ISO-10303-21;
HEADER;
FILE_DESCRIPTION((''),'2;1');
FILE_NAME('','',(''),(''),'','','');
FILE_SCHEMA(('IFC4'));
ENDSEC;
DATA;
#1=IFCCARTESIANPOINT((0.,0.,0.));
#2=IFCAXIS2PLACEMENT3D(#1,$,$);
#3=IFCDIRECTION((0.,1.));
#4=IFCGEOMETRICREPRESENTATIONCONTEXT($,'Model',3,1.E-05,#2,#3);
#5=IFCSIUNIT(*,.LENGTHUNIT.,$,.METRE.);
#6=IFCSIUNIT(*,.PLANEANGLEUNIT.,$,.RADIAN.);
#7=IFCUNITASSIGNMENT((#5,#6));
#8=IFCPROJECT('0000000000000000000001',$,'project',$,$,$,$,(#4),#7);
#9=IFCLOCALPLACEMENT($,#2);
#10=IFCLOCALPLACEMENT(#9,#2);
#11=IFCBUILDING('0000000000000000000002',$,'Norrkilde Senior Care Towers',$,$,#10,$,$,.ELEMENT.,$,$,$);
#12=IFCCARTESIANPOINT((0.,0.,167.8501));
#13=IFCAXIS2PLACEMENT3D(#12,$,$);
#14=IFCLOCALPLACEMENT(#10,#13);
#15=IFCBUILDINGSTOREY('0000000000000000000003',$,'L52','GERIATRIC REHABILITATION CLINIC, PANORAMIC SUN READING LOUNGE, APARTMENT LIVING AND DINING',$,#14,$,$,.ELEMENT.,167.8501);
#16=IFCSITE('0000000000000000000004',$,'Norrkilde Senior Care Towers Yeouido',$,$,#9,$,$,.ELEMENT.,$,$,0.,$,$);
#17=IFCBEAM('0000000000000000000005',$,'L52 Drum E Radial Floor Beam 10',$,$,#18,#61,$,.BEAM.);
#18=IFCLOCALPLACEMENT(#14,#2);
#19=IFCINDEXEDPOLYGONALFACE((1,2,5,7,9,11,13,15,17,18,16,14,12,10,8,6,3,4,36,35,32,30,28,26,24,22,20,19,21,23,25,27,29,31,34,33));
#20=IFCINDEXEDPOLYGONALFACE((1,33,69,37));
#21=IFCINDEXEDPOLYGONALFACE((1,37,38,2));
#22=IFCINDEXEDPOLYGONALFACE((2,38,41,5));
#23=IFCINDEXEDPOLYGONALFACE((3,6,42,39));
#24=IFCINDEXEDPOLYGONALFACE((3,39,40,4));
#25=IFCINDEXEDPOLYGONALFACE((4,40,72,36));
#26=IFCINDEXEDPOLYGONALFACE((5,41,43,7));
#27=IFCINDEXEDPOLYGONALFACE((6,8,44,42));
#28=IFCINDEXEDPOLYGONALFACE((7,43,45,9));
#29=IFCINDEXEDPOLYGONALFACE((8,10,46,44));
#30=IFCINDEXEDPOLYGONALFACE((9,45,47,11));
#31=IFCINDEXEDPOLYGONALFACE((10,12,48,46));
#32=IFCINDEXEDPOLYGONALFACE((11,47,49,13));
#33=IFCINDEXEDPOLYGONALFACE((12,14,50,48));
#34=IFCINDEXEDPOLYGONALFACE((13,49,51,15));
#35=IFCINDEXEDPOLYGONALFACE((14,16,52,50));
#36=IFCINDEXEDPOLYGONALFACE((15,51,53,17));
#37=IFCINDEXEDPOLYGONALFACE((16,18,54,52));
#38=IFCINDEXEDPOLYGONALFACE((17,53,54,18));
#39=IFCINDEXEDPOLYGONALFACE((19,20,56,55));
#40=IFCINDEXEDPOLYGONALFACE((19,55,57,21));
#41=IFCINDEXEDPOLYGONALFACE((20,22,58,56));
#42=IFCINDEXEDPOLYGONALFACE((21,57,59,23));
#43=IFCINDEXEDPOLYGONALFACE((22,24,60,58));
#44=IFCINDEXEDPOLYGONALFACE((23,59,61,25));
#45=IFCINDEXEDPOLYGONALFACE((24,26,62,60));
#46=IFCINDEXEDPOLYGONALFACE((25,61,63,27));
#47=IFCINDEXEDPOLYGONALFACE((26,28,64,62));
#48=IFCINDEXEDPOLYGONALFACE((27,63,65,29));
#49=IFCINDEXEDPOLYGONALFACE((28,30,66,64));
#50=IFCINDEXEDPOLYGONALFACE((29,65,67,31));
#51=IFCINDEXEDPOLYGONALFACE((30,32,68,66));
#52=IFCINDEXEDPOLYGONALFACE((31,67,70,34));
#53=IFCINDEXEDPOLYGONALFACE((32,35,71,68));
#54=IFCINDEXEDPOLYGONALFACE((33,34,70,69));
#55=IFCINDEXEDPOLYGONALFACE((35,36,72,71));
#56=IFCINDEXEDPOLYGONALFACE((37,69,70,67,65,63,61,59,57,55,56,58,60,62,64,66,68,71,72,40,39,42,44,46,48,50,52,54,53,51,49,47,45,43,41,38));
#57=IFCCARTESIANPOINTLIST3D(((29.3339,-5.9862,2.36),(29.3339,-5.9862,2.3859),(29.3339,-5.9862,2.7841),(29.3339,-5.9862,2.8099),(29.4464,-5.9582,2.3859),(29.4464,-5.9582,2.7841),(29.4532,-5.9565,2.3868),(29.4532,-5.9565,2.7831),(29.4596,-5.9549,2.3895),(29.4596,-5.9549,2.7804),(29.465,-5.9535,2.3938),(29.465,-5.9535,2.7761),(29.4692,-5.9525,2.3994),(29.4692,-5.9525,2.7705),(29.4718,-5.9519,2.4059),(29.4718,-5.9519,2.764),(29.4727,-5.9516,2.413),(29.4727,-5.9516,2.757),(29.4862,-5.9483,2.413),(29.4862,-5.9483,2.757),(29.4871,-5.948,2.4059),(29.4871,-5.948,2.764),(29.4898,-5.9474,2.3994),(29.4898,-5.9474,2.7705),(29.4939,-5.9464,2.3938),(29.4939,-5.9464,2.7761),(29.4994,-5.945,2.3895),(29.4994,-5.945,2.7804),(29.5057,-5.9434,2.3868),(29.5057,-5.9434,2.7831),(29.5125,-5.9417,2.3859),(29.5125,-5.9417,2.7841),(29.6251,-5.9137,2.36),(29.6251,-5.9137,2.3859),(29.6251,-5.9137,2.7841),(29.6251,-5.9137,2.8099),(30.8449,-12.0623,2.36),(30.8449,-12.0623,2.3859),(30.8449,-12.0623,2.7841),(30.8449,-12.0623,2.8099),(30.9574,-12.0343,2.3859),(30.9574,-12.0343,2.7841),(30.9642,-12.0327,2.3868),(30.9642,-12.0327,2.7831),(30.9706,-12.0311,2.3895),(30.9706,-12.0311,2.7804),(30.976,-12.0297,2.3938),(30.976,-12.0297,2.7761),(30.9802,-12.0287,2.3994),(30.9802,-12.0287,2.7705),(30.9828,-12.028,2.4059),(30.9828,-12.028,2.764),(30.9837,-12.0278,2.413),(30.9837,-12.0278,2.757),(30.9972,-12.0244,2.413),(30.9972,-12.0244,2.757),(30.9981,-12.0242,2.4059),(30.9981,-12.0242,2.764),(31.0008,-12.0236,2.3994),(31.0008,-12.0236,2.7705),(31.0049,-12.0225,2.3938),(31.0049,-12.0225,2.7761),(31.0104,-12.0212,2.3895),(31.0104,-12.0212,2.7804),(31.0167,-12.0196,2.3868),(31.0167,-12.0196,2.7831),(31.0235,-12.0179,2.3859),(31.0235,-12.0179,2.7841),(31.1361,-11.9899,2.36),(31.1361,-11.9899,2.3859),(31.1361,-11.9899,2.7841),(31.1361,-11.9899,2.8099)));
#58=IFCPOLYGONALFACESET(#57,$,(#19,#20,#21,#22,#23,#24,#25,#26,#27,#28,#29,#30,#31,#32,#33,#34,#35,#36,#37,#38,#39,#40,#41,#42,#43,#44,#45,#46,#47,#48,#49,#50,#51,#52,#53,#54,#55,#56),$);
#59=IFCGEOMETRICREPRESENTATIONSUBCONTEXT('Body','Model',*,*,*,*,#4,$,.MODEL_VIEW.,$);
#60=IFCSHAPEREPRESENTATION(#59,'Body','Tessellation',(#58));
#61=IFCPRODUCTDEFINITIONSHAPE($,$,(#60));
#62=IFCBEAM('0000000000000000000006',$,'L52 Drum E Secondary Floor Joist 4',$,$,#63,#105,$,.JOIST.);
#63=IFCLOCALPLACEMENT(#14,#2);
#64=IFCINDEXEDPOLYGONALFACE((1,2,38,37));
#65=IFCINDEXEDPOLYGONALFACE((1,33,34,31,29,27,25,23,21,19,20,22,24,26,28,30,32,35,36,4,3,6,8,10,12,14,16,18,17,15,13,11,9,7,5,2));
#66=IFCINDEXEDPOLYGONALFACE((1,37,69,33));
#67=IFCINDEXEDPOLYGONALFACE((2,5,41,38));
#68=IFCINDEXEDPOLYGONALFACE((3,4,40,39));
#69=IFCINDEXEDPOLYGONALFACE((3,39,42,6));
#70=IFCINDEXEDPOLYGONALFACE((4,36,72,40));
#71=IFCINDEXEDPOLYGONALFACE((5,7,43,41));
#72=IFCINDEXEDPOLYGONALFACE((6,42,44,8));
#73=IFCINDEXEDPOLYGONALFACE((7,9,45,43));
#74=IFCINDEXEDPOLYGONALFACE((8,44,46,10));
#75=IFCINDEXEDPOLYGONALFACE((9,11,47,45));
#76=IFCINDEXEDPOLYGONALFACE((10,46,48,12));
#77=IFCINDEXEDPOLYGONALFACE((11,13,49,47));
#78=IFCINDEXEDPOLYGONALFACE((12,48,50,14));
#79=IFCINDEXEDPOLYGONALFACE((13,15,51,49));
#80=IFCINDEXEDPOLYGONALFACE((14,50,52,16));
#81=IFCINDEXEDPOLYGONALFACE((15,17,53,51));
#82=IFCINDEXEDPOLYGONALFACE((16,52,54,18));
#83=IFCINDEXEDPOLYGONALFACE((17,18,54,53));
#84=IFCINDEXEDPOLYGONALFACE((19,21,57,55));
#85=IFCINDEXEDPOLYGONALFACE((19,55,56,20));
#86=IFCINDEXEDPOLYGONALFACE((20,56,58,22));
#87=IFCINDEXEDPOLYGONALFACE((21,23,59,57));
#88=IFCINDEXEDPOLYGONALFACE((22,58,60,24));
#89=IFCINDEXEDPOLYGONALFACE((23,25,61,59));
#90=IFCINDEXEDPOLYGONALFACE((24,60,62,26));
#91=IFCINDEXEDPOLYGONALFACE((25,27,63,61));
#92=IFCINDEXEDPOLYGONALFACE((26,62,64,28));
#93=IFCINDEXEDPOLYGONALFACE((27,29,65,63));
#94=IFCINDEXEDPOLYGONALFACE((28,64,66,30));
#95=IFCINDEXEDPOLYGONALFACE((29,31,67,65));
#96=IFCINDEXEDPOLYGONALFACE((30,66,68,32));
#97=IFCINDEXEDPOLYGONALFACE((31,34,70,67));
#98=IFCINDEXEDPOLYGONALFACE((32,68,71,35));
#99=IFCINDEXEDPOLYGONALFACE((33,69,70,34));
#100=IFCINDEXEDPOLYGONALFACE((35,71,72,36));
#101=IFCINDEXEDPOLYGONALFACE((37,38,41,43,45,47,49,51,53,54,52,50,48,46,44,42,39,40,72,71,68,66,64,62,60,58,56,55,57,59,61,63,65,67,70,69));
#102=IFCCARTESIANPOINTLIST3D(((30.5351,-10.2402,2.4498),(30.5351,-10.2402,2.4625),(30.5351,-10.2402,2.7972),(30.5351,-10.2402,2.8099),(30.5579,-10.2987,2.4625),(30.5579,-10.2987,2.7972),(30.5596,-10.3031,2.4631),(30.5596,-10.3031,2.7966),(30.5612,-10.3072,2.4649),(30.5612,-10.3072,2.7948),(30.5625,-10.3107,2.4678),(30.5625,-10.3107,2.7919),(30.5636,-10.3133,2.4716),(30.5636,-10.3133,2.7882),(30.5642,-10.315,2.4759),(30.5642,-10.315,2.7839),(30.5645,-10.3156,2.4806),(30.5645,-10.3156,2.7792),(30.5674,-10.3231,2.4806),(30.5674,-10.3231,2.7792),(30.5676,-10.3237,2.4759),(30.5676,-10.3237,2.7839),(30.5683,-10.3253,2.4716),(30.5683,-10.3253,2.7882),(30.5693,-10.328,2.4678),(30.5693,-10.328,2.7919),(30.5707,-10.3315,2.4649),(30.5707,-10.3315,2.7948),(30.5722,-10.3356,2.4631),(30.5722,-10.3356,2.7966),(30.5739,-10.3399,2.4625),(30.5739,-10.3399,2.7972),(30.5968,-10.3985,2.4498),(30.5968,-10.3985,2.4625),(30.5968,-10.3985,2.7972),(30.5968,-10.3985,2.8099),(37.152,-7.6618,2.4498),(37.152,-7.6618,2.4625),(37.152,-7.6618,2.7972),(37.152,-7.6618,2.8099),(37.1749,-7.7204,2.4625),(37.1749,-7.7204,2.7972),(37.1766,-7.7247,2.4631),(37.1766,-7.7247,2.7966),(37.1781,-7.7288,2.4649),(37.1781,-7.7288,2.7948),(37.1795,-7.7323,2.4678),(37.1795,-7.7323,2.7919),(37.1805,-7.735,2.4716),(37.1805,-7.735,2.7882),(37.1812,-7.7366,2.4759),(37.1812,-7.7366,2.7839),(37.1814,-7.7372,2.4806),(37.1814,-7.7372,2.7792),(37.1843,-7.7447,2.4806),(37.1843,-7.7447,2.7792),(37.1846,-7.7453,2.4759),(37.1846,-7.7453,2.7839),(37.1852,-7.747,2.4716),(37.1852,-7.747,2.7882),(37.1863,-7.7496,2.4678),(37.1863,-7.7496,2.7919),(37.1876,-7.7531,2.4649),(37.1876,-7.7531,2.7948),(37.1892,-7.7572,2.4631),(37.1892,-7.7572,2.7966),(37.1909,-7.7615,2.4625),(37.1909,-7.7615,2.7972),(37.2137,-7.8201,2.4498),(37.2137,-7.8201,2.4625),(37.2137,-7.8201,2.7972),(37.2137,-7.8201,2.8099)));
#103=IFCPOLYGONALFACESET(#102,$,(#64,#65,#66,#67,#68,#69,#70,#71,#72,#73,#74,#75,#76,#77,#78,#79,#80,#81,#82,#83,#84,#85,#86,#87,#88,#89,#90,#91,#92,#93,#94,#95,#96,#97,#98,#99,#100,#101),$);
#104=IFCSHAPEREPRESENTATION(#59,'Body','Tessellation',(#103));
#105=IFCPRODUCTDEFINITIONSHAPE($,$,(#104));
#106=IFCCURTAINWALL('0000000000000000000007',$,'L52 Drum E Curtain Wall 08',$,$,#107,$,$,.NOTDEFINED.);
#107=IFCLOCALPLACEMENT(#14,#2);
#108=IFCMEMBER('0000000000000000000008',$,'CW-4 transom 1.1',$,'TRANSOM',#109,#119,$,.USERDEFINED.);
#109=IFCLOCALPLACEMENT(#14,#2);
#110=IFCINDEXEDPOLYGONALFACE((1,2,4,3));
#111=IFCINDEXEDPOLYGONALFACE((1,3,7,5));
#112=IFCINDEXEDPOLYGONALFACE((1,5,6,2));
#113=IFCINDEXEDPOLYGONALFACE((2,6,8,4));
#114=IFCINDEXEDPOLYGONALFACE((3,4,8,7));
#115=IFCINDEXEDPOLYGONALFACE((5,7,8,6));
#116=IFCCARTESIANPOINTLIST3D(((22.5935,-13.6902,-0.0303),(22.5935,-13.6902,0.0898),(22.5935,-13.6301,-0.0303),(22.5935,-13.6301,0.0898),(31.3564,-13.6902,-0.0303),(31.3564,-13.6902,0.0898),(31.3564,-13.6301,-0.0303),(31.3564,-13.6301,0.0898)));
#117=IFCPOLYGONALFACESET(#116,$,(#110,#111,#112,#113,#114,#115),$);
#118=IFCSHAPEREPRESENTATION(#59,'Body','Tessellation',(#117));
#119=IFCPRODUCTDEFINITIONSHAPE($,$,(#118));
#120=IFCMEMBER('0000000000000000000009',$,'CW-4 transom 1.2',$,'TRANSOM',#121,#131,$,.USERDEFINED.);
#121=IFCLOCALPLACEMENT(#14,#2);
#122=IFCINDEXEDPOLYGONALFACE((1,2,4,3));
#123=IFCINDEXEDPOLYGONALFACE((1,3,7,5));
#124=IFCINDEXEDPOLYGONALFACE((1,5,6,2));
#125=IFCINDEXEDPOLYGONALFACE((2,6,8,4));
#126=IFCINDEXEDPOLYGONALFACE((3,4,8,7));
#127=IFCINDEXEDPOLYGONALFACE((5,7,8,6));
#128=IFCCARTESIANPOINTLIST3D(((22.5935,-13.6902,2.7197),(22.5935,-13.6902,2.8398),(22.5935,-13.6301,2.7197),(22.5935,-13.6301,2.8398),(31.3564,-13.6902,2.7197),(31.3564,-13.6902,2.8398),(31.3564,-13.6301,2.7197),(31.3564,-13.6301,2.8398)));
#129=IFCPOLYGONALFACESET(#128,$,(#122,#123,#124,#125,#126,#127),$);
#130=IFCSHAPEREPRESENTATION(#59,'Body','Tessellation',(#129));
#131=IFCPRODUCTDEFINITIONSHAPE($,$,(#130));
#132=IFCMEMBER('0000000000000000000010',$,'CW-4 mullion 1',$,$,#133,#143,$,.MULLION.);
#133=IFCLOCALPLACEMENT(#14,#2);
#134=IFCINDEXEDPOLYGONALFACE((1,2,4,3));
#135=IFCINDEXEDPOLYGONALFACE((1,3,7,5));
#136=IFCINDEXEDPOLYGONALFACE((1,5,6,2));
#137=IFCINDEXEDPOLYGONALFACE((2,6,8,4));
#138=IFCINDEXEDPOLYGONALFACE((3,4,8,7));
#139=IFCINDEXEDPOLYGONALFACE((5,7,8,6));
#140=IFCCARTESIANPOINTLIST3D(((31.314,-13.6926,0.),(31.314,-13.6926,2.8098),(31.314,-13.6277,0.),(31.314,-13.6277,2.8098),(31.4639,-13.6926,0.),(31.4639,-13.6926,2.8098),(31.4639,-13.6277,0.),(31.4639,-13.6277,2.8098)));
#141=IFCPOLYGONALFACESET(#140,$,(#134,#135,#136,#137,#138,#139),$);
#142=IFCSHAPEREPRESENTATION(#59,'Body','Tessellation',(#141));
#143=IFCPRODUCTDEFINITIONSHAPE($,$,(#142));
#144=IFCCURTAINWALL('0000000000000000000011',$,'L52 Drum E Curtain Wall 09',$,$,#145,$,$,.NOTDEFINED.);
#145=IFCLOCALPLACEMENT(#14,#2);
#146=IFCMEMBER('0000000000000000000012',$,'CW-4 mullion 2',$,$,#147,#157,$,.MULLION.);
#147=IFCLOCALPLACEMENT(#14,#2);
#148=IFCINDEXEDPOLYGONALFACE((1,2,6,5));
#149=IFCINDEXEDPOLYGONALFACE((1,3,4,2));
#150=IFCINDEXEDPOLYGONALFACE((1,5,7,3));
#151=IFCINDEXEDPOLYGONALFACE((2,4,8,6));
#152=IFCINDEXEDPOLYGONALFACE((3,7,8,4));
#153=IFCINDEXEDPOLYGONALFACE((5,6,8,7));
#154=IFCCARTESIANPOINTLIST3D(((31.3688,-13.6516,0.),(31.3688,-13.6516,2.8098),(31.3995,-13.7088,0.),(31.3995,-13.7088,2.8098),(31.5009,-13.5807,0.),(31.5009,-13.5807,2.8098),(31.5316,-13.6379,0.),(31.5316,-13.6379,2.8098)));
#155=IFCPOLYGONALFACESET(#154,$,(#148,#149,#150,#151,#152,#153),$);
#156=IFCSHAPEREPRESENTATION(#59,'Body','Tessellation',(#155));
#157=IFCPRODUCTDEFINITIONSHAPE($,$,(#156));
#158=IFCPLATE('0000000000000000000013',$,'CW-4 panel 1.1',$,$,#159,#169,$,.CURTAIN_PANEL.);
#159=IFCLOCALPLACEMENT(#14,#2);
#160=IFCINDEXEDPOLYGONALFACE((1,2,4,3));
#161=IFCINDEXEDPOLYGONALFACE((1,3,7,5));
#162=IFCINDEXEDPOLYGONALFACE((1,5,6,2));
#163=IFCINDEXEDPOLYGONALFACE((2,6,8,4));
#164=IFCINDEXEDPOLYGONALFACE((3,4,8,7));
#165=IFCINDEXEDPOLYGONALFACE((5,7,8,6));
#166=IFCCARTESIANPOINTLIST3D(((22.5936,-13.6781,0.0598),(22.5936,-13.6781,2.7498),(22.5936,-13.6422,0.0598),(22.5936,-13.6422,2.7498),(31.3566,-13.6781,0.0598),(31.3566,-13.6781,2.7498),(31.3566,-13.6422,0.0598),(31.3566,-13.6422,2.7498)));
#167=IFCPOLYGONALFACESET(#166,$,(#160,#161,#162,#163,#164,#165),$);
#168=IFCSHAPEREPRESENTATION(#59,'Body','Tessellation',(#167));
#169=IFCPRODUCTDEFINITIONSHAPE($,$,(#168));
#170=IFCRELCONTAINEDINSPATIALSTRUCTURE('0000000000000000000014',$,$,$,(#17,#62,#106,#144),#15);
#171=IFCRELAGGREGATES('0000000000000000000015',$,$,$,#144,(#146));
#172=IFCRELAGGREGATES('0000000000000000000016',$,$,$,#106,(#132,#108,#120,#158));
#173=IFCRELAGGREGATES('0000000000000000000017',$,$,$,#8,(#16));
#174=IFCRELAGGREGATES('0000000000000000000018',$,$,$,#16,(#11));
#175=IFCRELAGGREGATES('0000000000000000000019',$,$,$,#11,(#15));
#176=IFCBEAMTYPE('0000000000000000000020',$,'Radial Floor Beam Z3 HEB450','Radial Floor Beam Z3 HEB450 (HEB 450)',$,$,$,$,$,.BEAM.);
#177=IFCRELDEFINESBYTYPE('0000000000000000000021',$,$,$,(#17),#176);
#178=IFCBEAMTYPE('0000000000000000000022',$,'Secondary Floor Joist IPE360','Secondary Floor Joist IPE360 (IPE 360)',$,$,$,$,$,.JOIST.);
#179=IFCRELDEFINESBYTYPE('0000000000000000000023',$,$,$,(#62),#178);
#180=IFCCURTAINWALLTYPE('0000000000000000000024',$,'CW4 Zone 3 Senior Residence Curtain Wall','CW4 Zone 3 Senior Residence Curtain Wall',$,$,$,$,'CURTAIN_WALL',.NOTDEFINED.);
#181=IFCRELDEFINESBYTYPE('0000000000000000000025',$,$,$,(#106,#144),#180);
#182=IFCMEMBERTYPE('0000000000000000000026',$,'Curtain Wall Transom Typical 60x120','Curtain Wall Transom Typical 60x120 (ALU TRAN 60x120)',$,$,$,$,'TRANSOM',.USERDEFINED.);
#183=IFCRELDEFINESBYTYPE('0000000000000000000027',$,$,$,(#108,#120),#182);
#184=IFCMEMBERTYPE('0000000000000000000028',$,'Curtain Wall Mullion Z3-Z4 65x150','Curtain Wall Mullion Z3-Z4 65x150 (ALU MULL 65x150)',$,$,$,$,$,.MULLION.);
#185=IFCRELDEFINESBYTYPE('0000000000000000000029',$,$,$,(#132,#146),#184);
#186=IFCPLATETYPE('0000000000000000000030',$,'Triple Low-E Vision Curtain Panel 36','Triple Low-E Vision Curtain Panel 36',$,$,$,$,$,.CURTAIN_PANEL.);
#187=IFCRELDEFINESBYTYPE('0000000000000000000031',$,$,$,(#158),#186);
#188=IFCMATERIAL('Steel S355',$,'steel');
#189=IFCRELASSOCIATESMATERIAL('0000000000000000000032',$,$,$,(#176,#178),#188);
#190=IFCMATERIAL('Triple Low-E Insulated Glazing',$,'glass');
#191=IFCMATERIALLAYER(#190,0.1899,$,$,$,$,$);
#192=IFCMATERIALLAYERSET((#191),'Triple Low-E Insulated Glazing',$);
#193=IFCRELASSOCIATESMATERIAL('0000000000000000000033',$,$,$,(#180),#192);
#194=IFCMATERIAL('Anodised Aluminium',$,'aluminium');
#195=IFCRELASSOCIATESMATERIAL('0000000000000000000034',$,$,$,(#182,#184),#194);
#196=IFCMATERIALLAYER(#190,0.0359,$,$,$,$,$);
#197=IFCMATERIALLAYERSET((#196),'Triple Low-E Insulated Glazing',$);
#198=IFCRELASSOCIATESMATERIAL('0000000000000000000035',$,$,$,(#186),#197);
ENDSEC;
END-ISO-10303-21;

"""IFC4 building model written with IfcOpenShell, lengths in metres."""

from ifc_helpers import new_model, si_unit, direction, frame, origin, origin_2d, place, context, subcontext, project, spatial, rectangle, i_section, extrude, source, transform, mapped, material, layer, layer_set, material_profile, profile_set, type_object, type_shapes, element, aggregate, save


model = new_model("IFC4")

# Units and contexts
model_context = context("Model", 3, precision=1e-05, world=origin(), true_north=direction((0.0, 1.0)))
body_context = subcontext(model_context, "Body", "Model", "MODEL_VIEW")
ifc_project = project(units=[si_unit("LENGTHUNIT", "METRE"), si_unit("PLANEANGLEUNIT", "RADIAN")], contexts=[model_context])

# Site, building, storey
site_placement = place(None, origin())
site = spatial("IfcSite", under=ifc_project, at=site_placement, Name="Norrkilde Senior Care Towers Yeouido", CompositionType="ELEMENT", RefElevation=0.0)
building_placement = place(site_placement, origin())
building = spatial("IfcBuilding", under=site, at=building_placement, Name="Norrkilde Senior Care Towers", CompositionType="ELEMENT")
storey_placement = place(building_placement, frame((0.0, 0.0, 167.8501)))
storey = spatial("IfcBuildingStorey", under=building, at=storey_placement, Name="L52", Description="GERIATRIC REHABILITATION CLINIC, PANORAMIC SUN READING LOUNGE, APARTMENT LIVING AND DINING", CompositionType="ELEMENT", Elevation=167.8501)

# Beams
ifc_material_1 = material(Name="Steel S355", Category="steel")
ifc_material_profile_1 = material_profile(ifc_material_1, i_section(OverallWidth=0.3, OverallDepth=0.45, WebThickness=0.0139, FlangeThickness=0.0259, FilletRadius=0.0271, at=origin_2d()), Name="HEB 450")
ifc_profile_set_1 = profile_set([ifc_material_profile_1], Name="Steel S355")
beam_type_1 = type_object("IfcBeamType", Name="Radial Floor Beam Z3 HEB450", Description="Radial Floor Beam Z3 HEB450 (HEB 450)", PredefinedType="BEAM", material=ifc_profile_set_1)
shared_shape_1 = source(origin(), body_context, "Body", "SweptSolid", [
    extrude(i_section(OverallWidth=0.3, OverallDepth=0.45, WebThickness=0.0139, FlangeThickness=0.0259, FilletRadius=0.0271, at=origin_2d()), origin(), (0.0, 0.0, 1.0), 6.2612),
])
beam_1_placement = place(storey_placement, frame((29.4795, -5.95, 2.585), z_axis=(0.241324, -0.970445, 0.0), x_axis=(0.970445, 0.241324, 0.0)))
element("IfcBeam", 1, at=beam_1_placement, inside=storey, type_object=beam_type_1, Name="L52 Drum E Radial Floor Beam 10", PredefinedType="BEAM", context=body_context, shape_type="MappedRepresentation", body=[
    mapped(shared_shape_1, transform((0.0, 0.0, 0.0), x_axis=(1.0, 0.0, 0.0), y_axis=(0.0, 1.0, 0.0), z_axis=(0.0, 0.0, 1.0), scale=1.0)),
])
ifc_material_profile_2 = material_profile(ifc_material_1, i_section(OverallWidth=0.1699, OverallDepth=0.3601, WebThickness=0.0081, FlangeThickness=0.0127, FilletRadius=0.0181, at=origin_2d()), Name="IPE 360")
ifc_profile_set_2 = profile_set([ifc_material_profile_2], Name="Steel S355")
beam_type_2 = type_object("IfcBeamType", Name="Secondary Floor Joist IPE360", Description="Secondary Floor Joist IPE360 (IPE 360)", PredefinedType="JOIST", material=ifc_profile_set_2)
shared_shape_2 = source(origin(), body_context, "Body", "SweptSolid", [
    extrude(i_section(OverallWidth=0.1699, OverallDepth=0.3601, WebThickness=0.0081, FlangeThickness=0.0127, FilletRadius=0.0181, at=origin_2d()), origin(), (0.0, 0.0, 1.0), 7.1016),
])
type_shapes(beam_type_2, [shared_shape_2])
beam_2_placement = place(storey_placement, frame((30.5659, -10.3193, 2.6299), z_axis=(0.931761, 0.363072, 0.0), x_axis=(-0.363072, 0.931761, 0.0)))
element("IfcBeam", 2, at=beam_2_placement, inside=storey, type_object=beam_type_2, Name="L52 Drum E Secondary Floor Joist 4", PredefinedType="JOIST", context=body_context, shape_type="MappedRepresentation", body=[
    mapped(shared_shape_2, transform((0.0, 0.0, 0.0), x_axis=(1.0, 0.0, 0.0), y_axis=(0.0, 1.0, 0.0), z_axis=(0.0, 0.0, 1.0), scale=1.0)),
])

# Curtain wall, members
ifc_material_2 = material(Name="Triple Low-E Insulated Glazing", Category="glass")
ifc_layer_1 = layer(ifc_material_2, 0.1899)
ifc_layer_set_1 = layer_set([ifc_layer_1], Name="Triple Low-E Insulated Glazing")
curtain_wall_type = type_object("IfcCurtainWallType", Name="CW4 Zone 3 Senior Residence Curtain Wall", Description="CW4 Zone 3 Senior Residence Curtain Wall", ElementType="CURTAIN_WALL", PredefinedType="NOTDEFINED", material=ifc_layer_set_1)
curtain_wall_1_placement = place(storey_placement, origin())
curtain_wall_1 = element("IfcCurtainWall", 3, at=curtain_wall_1_placement, inside=storey, type_object=curtain_wall_type, Name="L52 Drum E Curtain Wall 08", PredefinedType="NOTDEFINED")
ifc_material_3 = material(Name="Anodised Aluminium", Category="aluminium")
ifc_material_profile_3 = material_profile(ifc_material_3, rectangle(XDim=0.0601, YDim=0.1201, at=origin_2d()), Name="ALU TRAN 60x120")
ifc_profile_set_3 = profile_set([ifc_material_profile_3], Name="Anodised Aluminium")
member_type_1 = type_object("IfcMemberType", Name="Curtain Wall Transom Typical 60x120", Description="Curtain Wall Transom Typical 60x120 (ALU TRAN 60x120)", ElementType="TRANSOM", PredefinedType="USERDEFINED", material=ifc_profile_set_3)
shared_shape_3 = source(origin(), body_context, "Body", "SweptSolid", [
    extrude(rectangle(XDim=0.0601, YDim=0.1201, at=origin_2d()), origin(), (0.0, 0.0, 1.0), 8.7629),
])
type_shapes(member_type_1, [shared_shape_3])
member_1_placement = place(storey_placement, frame((31.3564, -13.6602, 0.0298), z_axis=(-1.0, 0.0, 0.0), x_axis=(0.0, -1.0, 0.0)))
member_1 = element("IfcMember", 4, at=member_1_placement, type_object=member_type_1, Name="CW-4 transom 1.1", ObjectType="TRANSOM", PredefinedType="USERDEFINED", context=body_context, shape_type="MappedRepresentation", body=[
    mapped(shared_shape_3, transform((0.0, 0.0, 0.0), x_axis=(1.0, 0.0, 0.0), y_axis=(0.0, 1.0, 0.0), z_axis=(0.0, 0.0, 1.0), scale=1.0)),
])
member_2_placement = place(storey_placement, frame((31.3564, -13.6602, 2.7798), z_axis=(-1.0, 0.0, 0.0), x_axis=(0.0, -1.0, 0.0)))
member_2 = element("IfcMember", 5, at=member_2_placement, type_object=member_type_1, Name="CW-4 transom 1.2", ObjectType="TRANSOM", PredefinedType="USERDEFINED", context=body_context, shape_type="MappedRepresentation", body=[
    mapped(shared_shape_3, transform((0.0, 0.0, 0.0), x_axis=(1.0, 0.0, 0.0), y_axis=(0.0, 1.0, 0.0), z_axis=(0.0, 0.0, 1.0), scale=1.0)),
])
ifc_material_profile_4 = material_profile(ifc_material_3, rectangle(XDim=0.0649, YDim=0.1499, at=origin_2d()), Name="ALU MULL 65x150")
ifc_profile_set_4 = profile_set([ifc_material_profile_4], Name="Anodised Aluminium")
member_type_2 = type_object("IfcMemberType", Name="Curtain Wall Mullion Z3-Z4 65x150", Description="Curtain Wall Mullion Z3-Z4 65x150 (ALU MULL 65x150)", PredefinedType="MULLION", material=ifc_profile_set_4)
shared_shape_4 = source(origin(), body_context, "Body", "SweptSolid", [
    extrude(rectangle(XDim=0.0649, YDim=0.1499, at=origin_2d()), origin(), (0.0, 0.0, 1.0), 2.8098),
])
type_shapes(member_type_2, [shared_shape_4])
member_3_placement = place(storey_placement, frame((31.3889, -13.6602, 0.0), z_axis=(0.0, 0.0, 1.0), x_axis=(0.0, -1.0, 0.0)))
member_3 = element("IfcMember", 6, at=member_3_placement, type_object=member_type_2, Name="CW-4 mullion 1", PredefinedType="MULLION", context=body_context, shape_type="MappedRepresentation", body=[
    mapped(shared_shape_4, transform((0.0, 0.0, 0.0), x_axis=(1.0, 0.0, 0.0), y_axis=(0.0, 1.0, 0.0), z_axis=(0.0, 0.0, 1.0), scale=1.0)),
])

# Curtain wall, member
curtain_wall_2_placement = place(storey_placement, origin())
curtain_wall_2 = element("IfcCurtainWall", 7, at=curtain_wall_2_placement, inside=storey, type_object=curtain_wall_type, Name="L52 Drum E Curtain Wall 09", PredefinedType="NOTDEFINED")
member_4_placement = place(storey_placement, frame((31.4502, -13.6448, 0.0), z_axis=(0.0, 0.0, 1.0), x_axis=(0.473117, -0.881, 0.0)))
member_4 = element("IfcMember", 8, at=member_4_placement, type_object=member_type_2, Name="CW-4 mullion 2", PredefinedType="MULLION", context=body_context, shape_type="MappedRepresentation", body=[
    mapped(shared_shape_4, transform((0.0, 0.0, 0.0), x_axis=(1.0, 0.0, 0.0), y_axis=(0.0, 1.0, 0.0), z_axis=(0.0, 0.0, 1.0), scale=1.0)),
])
aggregate(curtain_wall_2, [member_4])

# Plate
ifc_layer_2 = layer(ifc_material_2, 0.0359)
ifc_layer_set_2 = layer_set([ifc_layer_2], Name="Triple Low-E Insulated Glazing")
plate_type = type_object("IfcPlateType", Name="Triple Low-E Vision Curtain Panel 36", Description="Triple Low-E Vision Curtain Panel 36", PredefinedType="CURTAIN_PANEL", material=ifc_layer_set_2)
shared_shape_5 = source(origin(), body_context, "Body", "SweptSolid", [
    extrude(rectangle(XDim=8.7629, YDim=0.0359, at=origin_2d()), origin(), (0.0, 0.0, 1.0), 2.6899),
])
type_shapes(plate_type, [shared_shape_5])
plate_placement = place(storey_placement, frame((26.9751, -13.6602, 0.0598), z_axis=(0.0, 0.0, 1.0), x_axis=(-1.0, 0.0, 0.0)))
plate = element("IfcPlate", 9, at=plate_placement, type_object=plate_type, Name="CW-4 panel 1.1", PredefinedType="CURTAIN_PANEL", context=body_context, shape_type="MappedRepresentation", body=[
    mapped(shared_shape_5, transform((0.0, 0.0, 0.0), x_axis=(1.0, 0.0, 0.0), y_axis=(0.0, 1.0, 0.0), z_axis=(0.0, 0.0, 1.0), scale=1.0)),
])
aggregate(curtain_wall_1, [member_3, member_1, member_2, plate])

save(model, "model.ifc")
